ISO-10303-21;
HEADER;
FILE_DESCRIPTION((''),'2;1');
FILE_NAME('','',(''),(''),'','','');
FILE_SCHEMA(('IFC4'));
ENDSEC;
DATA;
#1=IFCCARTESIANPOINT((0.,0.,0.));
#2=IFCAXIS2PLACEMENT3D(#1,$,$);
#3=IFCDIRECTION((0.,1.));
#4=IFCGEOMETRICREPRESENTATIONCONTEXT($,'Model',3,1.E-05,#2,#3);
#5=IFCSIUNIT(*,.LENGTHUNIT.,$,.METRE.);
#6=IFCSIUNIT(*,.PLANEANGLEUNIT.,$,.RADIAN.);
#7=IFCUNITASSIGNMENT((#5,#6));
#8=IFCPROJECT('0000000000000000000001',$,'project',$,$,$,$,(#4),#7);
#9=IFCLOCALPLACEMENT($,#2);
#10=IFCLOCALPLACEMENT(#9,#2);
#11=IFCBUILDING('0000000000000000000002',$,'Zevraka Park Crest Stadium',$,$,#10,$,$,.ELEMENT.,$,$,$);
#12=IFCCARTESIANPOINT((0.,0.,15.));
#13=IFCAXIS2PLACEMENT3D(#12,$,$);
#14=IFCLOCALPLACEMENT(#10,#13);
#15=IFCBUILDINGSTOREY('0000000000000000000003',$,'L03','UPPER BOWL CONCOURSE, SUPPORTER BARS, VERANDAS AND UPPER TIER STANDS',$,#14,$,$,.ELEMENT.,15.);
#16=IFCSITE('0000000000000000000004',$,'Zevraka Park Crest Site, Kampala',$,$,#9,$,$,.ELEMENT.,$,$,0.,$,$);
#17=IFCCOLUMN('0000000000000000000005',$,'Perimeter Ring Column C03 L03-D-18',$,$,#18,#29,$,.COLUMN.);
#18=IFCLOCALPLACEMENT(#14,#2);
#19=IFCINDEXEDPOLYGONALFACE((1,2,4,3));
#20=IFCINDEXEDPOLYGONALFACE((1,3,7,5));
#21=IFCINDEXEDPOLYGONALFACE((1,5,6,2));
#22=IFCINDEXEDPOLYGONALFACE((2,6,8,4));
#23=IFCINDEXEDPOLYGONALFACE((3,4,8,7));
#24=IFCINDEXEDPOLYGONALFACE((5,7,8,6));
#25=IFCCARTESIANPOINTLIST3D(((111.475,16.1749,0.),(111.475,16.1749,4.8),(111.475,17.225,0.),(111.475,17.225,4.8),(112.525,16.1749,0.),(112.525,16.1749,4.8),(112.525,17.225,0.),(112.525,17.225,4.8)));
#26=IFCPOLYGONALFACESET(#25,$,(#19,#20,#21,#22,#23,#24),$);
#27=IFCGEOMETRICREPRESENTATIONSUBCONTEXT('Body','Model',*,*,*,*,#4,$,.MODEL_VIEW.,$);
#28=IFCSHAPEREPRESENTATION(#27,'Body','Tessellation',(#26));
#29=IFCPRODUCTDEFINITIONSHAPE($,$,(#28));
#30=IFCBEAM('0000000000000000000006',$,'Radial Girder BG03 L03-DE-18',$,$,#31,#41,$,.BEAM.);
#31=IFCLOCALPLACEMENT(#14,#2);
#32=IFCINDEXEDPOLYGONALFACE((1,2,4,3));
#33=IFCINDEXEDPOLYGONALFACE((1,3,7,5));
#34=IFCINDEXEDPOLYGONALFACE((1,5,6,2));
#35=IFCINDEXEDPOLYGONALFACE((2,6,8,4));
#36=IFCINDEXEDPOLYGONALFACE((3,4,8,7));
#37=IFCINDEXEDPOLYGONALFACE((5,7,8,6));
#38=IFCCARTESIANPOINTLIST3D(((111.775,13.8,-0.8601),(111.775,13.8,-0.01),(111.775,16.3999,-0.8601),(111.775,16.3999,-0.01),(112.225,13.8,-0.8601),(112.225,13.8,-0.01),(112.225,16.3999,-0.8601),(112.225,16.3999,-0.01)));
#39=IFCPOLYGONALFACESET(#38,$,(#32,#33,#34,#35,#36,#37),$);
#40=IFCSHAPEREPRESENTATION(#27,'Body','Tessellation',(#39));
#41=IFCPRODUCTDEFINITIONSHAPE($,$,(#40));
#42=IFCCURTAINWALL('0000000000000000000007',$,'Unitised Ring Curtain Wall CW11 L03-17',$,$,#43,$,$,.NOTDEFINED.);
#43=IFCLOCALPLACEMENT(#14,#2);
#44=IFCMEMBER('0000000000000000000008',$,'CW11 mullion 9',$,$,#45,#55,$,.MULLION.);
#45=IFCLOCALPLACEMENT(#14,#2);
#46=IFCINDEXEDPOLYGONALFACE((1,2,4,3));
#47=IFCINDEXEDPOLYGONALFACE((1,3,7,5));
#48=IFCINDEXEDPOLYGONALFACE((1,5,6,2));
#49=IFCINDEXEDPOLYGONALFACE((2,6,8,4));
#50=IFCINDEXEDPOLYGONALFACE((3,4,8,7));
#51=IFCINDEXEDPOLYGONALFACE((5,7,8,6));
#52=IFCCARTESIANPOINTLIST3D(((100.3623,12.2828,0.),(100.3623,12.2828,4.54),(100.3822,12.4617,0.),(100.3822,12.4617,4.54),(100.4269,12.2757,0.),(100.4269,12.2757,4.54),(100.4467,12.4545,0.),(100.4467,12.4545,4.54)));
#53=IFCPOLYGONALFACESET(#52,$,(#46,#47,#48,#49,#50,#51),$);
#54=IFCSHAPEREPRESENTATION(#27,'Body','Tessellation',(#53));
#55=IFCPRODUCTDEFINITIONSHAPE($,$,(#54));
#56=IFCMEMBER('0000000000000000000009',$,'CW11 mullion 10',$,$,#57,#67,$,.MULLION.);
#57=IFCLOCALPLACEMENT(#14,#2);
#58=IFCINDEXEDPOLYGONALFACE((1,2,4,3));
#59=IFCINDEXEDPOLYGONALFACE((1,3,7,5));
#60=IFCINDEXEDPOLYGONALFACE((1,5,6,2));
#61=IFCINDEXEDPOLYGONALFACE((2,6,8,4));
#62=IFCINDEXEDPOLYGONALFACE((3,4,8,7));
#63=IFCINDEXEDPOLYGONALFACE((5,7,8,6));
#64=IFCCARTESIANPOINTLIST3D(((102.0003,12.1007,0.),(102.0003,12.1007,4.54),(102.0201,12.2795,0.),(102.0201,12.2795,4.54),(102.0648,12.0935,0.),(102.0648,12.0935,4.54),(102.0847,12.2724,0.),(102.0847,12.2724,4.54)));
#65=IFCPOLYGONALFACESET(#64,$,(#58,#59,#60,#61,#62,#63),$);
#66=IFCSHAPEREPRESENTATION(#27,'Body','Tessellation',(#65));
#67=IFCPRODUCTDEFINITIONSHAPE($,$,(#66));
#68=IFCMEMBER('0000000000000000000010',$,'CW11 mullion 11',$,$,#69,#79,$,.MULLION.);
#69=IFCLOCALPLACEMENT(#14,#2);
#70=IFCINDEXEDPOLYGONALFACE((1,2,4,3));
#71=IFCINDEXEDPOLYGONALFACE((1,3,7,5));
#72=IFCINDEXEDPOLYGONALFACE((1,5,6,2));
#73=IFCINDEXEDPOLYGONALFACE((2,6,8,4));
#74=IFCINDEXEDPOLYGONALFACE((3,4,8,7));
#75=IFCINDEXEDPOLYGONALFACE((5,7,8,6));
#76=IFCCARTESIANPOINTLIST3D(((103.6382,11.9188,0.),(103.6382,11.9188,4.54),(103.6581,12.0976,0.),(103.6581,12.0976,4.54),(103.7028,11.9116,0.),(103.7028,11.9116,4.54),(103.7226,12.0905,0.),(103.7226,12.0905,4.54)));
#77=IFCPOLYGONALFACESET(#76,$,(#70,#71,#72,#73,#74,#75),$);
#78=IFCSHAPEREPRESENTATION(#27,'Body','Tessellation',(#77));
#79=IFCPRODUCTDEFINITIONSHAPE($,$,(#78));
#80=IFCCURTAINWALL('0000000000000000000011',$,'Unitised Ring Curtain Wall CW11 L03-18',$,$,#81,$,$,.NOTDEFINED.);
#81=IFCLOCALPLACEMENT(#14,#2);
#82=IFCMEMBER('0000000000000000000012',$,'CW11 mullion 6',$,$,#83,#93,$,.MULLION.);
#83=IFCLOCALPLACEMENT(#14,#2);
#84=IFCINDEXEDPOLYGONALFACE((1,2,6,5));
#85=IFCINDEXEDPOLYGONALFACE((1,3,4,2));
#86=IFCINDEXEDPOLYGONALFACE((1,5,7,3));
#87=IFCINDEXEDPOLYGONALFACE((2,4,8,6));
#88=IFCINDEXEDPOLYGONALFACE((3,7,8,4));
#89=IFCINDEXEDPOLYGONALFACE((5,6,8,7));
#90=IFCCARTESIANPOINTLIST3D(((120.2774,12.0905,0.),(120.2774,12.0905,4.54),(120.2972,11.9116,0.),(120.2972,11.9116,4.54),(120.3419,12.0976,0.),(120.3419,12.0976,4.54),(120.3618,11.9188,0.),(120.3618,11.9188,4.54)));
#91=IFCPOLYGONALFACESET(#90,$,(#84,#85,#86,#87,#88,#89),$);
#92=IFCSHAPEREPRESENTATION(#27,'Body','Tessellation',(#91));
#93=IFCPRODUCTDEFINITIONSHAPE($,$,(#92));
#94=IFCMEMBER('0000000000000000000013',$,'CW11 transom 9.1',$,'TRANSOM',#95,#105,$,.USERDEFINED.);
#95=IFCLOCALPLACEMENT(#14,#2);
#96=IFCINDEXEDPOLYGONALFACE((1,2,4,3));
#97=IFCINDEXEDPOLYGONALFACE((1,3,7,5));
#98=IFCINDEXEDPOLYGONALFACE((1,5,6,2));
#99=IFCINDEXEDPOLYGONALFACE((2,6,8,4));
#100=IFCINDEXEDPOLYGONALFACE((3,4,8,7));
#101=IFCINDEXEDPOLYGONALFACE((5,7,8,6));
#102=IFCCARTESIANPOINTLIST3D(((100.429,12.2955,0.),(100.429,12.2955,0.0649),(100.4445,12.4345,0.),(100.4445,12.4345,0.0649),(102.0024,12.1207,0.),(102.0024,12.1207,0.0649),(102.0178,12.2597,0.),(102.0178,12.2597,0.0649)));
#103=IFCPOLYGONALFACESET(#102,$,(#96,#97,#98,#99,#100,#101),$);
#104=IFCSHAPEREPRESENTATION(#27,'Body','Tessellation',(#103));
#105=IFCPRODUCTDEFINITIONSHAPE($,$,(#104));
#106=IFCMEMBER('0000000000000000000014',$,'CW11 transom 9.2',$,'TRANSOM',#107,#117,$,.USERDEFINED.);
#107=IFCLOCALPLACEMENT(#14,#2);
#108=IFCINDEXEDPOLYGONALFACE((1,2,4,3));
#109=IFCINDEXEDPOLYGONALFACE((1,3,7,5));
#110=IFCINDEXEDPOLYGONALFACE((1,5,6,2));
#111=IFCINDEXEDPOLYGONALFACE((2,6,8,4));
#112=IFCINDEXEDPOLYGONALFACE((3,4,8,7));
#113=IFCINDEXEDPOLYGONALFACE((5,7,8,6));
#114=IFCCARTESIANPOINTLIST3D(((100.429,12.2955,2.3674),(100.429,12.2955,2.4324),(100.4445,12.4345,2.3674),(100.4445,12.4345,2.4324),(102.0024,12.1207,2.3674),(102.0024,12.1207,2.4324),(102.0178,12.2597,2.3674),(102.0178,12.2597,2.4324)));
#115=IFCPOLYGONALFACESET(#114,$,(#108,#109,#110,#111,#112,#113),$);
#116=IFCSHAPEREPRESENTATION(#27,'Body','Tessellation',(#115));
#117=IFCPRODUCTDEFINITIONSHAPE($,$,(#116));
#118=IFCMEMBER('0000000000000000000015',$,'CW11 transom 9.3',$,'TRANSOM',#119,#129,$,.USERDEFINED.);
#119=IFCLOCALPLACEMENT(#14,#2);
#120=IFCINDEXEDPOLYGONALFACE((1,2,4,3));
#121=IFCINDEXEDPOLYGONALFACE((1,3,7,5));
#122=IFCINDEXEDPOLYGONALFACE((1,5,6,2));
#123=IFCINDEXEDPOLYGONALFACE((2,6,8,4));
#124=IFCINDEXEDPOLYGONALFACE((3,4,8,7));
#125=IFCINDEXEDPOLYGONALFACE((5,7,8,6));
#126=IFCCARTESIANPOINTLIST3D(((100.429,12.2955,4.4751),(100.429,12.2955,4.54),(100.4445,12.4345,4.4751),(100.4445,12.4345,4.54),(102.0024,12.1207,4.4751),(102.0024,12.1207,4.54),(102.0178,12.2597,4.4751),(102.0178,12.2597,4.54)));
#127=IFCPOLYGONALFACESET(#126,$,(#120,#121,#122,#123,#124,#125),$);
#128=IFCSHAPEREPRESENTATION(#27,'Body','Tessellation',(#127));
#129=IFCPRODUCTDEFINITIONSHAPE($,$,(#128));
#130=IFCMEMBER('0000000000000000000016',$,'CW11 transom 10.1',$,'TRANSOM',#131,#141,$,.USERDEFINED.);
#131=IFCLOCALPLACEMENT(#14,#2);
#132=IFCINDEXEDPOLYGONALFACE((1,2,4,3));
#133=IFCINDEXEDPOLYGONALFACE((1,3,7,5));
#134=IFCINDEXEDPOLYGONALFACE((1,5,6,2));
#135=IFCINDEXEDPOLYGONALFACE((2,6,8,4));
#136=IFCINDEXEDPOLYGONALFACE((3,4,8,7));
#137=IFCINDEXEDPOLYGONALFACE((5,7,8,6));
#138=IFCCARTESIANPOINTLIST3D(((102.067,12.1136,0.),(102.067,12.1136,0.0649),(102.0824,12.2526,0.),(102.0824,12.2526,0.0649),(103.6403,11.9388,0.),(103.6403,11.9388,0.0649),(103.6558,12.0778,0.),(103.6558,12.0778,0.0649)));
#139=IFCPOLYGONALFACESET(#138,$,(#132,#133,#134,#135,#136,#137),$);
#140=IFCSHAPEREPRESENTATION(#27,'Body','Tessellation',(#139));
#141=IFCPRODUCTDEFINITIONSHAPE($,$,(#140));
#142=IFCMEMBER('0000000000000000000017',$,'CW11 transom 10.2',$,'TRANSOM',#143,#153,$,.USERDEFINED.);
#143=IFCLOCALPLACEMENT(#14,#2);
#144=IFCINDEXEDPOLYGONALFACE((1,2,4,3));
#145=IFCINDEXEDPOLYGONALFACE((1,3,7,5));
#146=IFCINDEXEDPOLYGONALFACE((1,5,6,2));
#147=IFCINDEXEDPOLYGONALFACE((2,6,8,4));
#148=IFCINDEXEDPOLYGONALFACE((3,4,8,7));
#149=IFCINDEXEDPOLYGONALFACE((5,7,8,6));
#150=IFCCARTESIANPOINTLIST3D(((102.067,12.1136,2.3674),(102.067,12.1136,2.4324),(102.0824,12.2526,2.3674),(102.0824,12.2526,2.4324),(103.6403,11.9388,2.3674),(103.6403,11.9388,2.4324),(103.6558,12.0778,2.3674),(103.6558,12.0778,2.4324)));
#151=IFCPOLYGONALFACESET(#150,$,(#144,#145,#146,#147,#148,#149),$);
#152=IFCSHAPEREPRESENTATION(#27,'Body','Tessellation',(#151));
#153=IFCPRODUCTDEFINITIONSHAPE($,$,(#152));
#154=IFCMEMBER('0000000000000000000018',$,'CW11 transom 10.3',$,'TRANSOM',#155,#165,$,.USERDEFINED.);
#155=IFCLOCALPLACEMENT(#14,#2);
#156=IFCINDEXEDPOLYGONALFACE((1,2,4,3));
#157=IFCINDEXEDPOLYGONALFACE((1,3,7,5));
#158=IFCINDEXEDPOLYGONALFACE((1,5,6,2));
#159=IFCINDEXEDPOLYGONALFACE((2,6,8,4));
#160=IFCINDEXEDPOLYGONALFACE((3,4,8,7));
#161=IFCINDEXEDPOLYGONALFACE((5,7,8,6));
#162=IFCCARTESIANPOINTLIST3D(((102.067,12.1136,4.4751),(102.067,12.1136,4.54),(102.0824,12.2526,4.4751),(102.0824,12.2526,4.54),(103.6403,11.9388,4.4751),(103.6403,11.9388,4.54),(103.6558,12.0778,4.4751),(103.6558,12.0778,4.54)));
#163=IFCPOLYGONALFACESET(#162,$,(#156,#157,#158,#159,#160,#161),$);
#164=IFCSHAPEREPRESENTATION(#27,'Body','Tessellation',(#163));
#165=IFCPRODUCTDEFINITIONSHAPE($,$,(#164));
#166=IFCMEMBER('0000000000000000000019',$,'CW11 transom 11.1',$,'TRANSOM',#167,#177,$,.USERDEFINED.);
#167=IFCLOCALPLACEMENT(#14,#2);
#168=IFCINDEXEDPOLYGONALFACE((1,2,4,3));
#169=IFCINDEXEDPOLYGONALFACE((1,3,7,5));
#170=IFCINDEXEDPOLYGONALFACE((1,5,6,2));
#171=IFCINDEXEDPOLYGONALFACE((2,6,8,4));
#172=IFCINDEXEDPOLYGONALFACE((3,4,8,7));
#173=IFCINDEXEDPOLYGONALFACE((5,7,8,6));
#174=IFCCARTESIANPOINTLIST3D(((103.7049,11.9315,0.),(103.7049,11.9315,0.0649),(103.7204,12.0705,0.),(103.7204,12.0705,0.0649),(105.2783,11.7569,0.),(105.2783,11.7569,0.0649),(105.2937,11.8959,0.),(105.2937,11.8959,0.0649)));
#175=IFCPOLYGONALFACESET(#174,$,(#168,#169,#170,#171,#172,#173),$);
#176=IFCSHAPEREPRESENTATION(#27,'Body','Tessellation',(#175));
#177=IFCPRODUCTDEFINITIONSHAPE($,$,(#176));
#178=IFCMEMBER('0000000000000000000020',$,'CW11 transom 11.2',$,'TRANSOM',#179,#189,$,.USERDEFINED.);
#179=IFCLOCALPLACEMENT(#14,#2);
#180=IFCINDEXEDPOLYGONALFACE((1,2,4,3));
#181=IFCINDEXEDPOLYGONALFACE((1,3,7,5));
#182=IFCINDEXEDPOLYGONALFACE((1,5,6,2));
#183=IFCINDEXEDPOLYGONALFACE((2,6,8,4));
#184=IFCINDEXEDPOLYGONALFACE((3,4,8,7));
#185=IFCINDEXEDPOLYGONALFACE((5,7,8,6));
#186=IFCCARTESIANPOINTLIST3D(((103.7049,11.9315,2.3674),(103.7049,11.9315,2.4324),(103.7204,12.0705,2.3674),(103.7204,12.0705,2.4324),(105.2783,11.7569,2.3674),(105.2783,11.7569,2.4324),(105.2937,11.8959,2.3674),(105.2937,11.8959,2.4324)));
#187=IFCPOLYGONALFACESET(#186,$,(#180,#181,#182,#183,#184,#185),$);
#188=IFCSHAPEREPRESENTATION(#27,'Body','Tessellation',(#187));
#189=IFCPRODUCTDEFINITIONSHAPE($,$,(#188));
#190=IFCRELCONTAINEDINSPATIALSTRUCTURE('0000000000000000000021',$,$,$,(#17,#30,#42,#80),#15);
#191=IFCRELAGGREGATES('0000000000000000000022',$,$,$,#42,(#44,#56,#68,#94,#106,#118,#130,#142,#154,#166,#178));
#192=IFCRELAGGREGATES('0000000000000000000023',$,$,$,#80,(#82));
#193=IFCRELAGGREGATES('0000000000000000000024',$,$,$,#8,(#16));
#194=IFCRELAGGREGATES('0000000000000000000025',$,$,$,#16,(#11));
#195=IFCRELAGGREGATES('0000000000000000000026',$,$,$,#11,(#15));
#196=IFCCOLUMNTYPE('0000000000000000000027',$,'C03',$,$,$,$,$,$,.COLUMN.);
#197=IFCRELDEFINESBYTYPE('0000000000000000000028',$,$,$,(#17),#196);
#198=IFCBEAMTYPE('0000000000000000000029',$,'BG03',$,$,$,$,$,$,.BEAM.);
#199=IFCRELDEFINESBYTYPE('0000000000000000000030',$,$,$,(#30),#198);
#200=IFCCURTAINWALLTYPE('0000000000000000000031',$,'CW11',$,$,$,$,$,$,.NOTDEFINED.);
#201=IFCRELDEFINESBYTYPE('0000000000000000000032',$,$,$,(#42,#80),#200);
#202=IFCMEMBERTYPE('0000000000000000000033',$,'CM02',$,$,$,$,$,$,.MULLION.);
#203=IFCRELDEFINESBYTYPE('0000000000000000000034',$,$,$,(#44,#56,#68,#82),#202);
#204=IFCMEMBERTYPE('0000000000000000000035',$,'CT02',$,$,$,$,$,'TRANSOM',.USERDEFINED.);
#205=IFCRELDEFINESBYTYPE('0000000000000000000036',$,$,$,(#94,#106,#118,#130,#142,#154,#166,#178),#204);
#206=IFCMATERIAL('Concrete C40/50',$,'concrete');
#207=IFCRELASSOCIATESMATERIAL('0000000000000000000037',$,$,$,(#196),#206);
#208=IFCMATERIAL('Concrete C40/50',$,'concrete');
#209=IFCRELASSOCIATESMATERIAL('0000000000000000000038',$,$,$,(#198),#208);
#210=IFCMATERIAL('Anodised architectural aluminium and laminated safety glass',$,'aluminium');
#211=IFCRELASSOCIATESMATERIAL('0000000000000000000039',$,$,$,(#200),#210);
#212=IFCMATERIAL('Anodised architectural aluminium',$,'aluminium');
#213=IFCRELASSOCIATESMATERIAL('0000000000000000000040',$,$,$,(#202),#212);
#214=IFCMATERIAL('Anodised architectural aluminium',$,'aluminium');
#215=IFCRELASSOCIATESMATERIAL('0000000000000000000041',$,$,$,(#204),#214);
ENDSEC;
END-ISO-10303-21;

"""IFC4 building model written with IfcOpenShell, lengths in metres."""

from ifc_helpers import new_model, si_unit, direction, frame, origin, origin_2d, place, context, subcontext, project, spatial, rectangle, extrude, material, material_profile, profile_set, type_object, element, aggregate, save


model = new_model("IFC4")

# Units and contexts
model_context = context("Model", 3, precision=1e-05, world=origin(), true_north=direction((0.0, 1.0)))
body_context = subcontext(model_context, "Body", "Model", "MODEL_VIEW")
ifc_project = project(units=[si_unit("LENGTHUNIT", "METRE"), si_unit("PLANEANGLEUNIT", "RADIAN")], contexts=[model_context])

# Site, building, storey
site_placement = place(None, origin())
site = spatial("IfcSite", under=ifc_project, at=site_placement, Name="Zevraka Park Crest Site, Kampala", CompositionType="ELEMENT", RefElevation=0.0)
building_placement = place(site_placement, origin())
building = spatial("IfcBuilding", under=site, at=building_placement, Name="Zevraka Park Crest Stadium", CompositionType="ELEMENT")
storey_placement = place(building_placement, frame((0.0, 0.0, 15.0)))
storey = spatial("IfcBuildingStorey", under=building, at=storey_placement, Name="L03", Description="UPPER BOWL CONCOURSE, SUPPORTER BARS, VERANDAS AND UPPER TIER STANDS", CompositionType="ELEMENT", Elevation=15.0)

# Column
ifc_material_1 = material(Name="Concrete C40/50", Category="concrete")
ifc_material_profile_1 = material_profile(ifc_material_1, rectangle(XDim=1.05, YDim=1.05, at=origin_2d()), Name="RC 1050x1050")
ifc_profile_set_1 = profile_set([ifc_material_profile_1], Name="Concrete C40/50")
column_type = type_object("IfcColumnType", Name="C03", PredefinedType="COLUMN", material=ifc_profile_set_1)
column_placement = place(storey_placement, frame((112.0, 16.7, 0.0), z_axis=(0.0, 0.0, 1.0), x_axis=(0.0, 1.0, 0.0)))
element("IfcColumn", 1, at=column_placement, inside=storey, type_object=column_type, Name="Perimeter Ring Column C03 L03-D-18", PredefinedType="COLUMN", context=body_context, shape_type="SweptSolid", body=[
    extrude(rectangle(XDim=1.05, YDim=1.05, at=origin_2d()), origin(), (0.0, 0.0, 1.0), 4.8),
])

# Beam
ifc_material_2 = material(Name="Concrete C40/50", Category="concrete")
ifc_material_profile_2 = material_profile(ifc_material_2, rectangle(XDim=0.45, YDim=0.8501, at=origin_2d()), Name="RC 850x450")
ifc_profile_set_2 = profile_set([ifc_material_profile_2], Name="Concrete C40/50")
beam_type_1 = type_object("IfcBeamType", Name="BG03", PredefinedType="BEAM", material=ifc_profile_set_2)
beam_1_placement = place(storey_placement, frame((112.0, 16.3999, -0.4351), z_axis=(0.0, -1.0, 0.0), x_axis=(1.0, 0.0, 0.0)))
element("IfcBeam", 2, at=beam_1_placement, inside=storey, type_object=beam_type_1, Name="Radial Girder BG03 L03-DE-18", PredefinedType="BEAM", context=body_context, shape_type="SweptSolid", body=[
    extrude(rectangle(XDim=0.45, YDim=0.8501, at=origin_2d()), origin(), (0.0, 0.0, 1.0), 2.5999),
])

# Curtain wall, members
ifc_material_3 = material(Name="Anodised architectural aluminium and laminated safety glass", Category="aluminium")
curtain_wall_type = type_object("IfcCurtainWallType", Name="CW11", PredefinedType="NOTDEFINED", material=ifc_material_3)
curtain_wall_1_placement = place(storey_placement, origin())
curtain_wall_1 = element("IfcCurtainWall", 3, at=curtain_wall_1_placement, inside=storey, type_object=curtain_wall_type, Name="Unitised Ring Curtain Wall CW11 L03-17", PredefinedType="NOTDEFINED")
ifc_material_4 = material(Name="Anodised architectural aluminium", Category="aluminium")
ifc_material_profile_3 = material_profile(ifc_material_4, rectangle(XDim=0.1799, YDim=0.0649, at=origin_2d()), Name="ALU MULLION 180x65")
ifc_profile_set_3 = profile_set([ifc_material_profile_3], Name="Anodised architectural aluminium")
member_type_1 = type_object("IfcMemberType", Name="CM02", PredefinedType="MULLION", material=ifc_profile_set_3)
member_1_placement = place(storey_placement, frame((100.4045, 12.3687, 0.0), z_axis=(0.0, 0.0, 1.0), x_axis=(0.110396, 0.993888, 0.0)))
member_1 = element("IfcMember", 4, at=member_1_placement, type_object=member_type_1, Name="CW11 mullion 9", PredefinedType="MULLION", context=body_context, shape_type="SweptSolid", body=[
    extrude(rectangle(XDim=0.1799, YDim=0.0649, at=origin_2d()), origin(), (0.0, 0.0, 1.0), 4.54),
])
member_2_placement = place(storey_placement, frame((102.0425, 12.1865, 0.0), z_axis=(0.0, 0.0, 1.0), x_axis=(0.110396, 0.993888, 0.0)))
member_2 = element("IfcMember", 5, at=member_2_placement, type_object=member_type_1, Name="CW11 mullion 10", PredefinedType="MULLION", context=body_context, shape_type="SweptSolid", body=[
    extrude(rectangle(XDim=0.1799, YDim=0.0649, at=origin_2d()), origin(), (0.0, 0.0, 1.0), 4.54),
])
member_3_placement = place(storey_placement, frame((103.6804, 12.0046, 0.0), z_axis=(0.0, 0.0, 1.0), x_axis=(0.110396, 0.993888, 0.0)))
member_3 = element("IfcMember", 6, at=member_3_placement, type_object=member_type_1, Name="CW11 mullion 11", PredefinedType="MULLION", context=body_context, shape_type="SweptSolid", body=[
    extrude(rectangle(XDim=0.1799, YDim=0.0649, at=origin_2d()), origin(), (0.0, 0.0, 1.0), 4.54),
])

# Curtain wall, member
curtain_wall_2_placement = place(storey_placement, origin())
curtain_wall_2 = element("IfcCurtainWall", 7, at=curtain_wall_2_placement, inside=storey, type_object=curtain_wall_type, Name="Unitised Ring Curtain Wall CW11 L03-18", PredefinedType="NOTDEFINED")
member_4_placement = place(storey_placement, frame((120.3196, 12.0046, 0.0), z_axis=(0.0, 0.0, 1.0), x_axis=(-0.110396, 0.993888, 0.0)))
member_4 = element("IfcMember", 8, at=member_4_placement, type_object=member_type_1, Name="CW11 mullion 6", PredefinedType="MULLION", context=body_context, shape_type="SweptSolid", body=[
    extrude(rectangle(XDim=0.1799, YDim=0.0649, at=origin_2d()), origin(), (0.0, 0.0, 1.0), 4.54),
])

# Members
ifc_material_5 = material(Name="Anodised architectural aluminium", Category="aluminium")
ifc_material_profile_4 = material_profile(ifc_material_5, rectangle(XDim=0.1399, YDim=0.0649, at=origin_2d()), Name="ALU TRANSOM 140x65")
ifc_profile_set_4 = profile_set([ifc_material_profile_4], Name="Anodised architectural aluminium")
member_type_2 = type_object("IfcMemberType", Name="CT02", ElementType="TRANSOM", PredefinedType="USERDEFINED", material=ifc_profile_set_4)
member_5_placement = place(storey_placement, frame((100.4368, 12.365, 0.0325), z_axis=(0.993884, -0.110432, 0.0), x_axis=(0.110432, 0.993884, 0.0)))
member_5 = element("IfcMember", 9, at=member_5_placement, type_object=member_type_2, Name="CW11 transom 9.1", ObjectType="TRANSOM", PredefinedType="USERDEFINED", context=body_context, shape_type="SweptSolid", body=[
    extrude(rectangle(XDim=0.1399, YDim=0.0649, at=origin_2d()), origin(), (0.0, 0.0, 1.0), 1.583),
])
member_6_placement = place(storey_placement, frame((100.4368, 12.365, 2.3999), z_axis=(0.993884, -0.110432, 0.0), x_axis=(0.110432, 0.993884, 0.0)))
member_6 = element("IfcMember", 10, at=member_6_placement, type_object=member_type_2, Name="CW11 transom 9.2", ObjectType="TRANSOM", PredefinedType="USERDEFINED", context=body_context, shape_type="SweptSolid", body=[
    extrude(rectangle(XDim=0.1399, YDim=0.0649, at=origin_2d()), origin(), (0.0, 0.0, 1.0), 1.583),
])
member_7_placement = place(storey_placement, frame((100.4368, 12.365, 4.5076), z_axis=(0.993884, -0.110432, 0.0), x_axis=(0.110432, 0.993884, 0.0)))
member_7 = element("IfcMember", 11, at=member_7_placement, type_object=member_type_2, Name="CW11 transom 9.3", ObjectType="TRANSOM", PredefinedType="USERDEFINED", context=body_context, shape_type="SweptSolid", body=[
    extrude(rectangle(XDim=0.1399, YDim=0.0649, at=origin_2d()), origin(), (0.0, 0.0, 1.0), 1.583),
])
member_8_placement = place(storey_placement, frame((102.0747, 12.1831, 0.0325), z_axis=(0.993884, -0.110432, 0.0), x_axis=(0.110432, 0.993884, 0.0)))
member_8 = element("IfcMember", 12, at=member_8_placement, type_object=member_type_2, Name="CW11 transom 10.1", ObjectType="TRANSOM", PredefinedType="USERDEFINED", context=body_context, shape_type="SweptSolid", body=[
    extrude(rectangle(XDim=0.1399, YDim=0.0649, at=origin_2d()), origin(), (0.0, 0.0, 1.0), 1.583),
])
member_9_placement = place(storey_placement, frame((102.0747, 12.1831, 2.3999), z_axis=(0.993884, -0.110432, 0.0), x_axis=(0.110432, 0.993884, 0.0)))
member_9 = element("IfcMember", 13, at=member_9_placement, type_object=member_type_2, Name="CW11 transom 10.2", ObjectType="TRANSOM", PredefinedType="USERDEFINED", context=body_context, shape_type="SweptSolid", body=[
    extrude(rectangle(XDim=0.1399, YDim=0.0649, at=origin_2d()), origin(), (0.0, 0.0, 1.0), 1.583),
])
member_10_placement = place(storey_placement, frame((102.0747, 12.1831, 4.5076), z_axis=(0.993884, -0.110432, 0.0), x_axis=(0.110432, 0.993884, 0.0)))
member_10 = element("IfcMember", 14, at=member_10_placement, type_object=member_type_2, Name="CW11 transom 10.3", ObjectType="TRANSOM", PredefinedType="USERDEFINED", context=body_context, shape_type="SweptSolid", body=[
    extrude(rectangle(XDim=0.1399, YDim=0.0649, at=origin_2d()), origin(), (0.0, 0.0, 1.0), 1.583),
])
member_11_placement = place(storey_placement, frame((103.7126, 12.001, 0.0325), z_axis=(0.993901, -0.110279, 0.0), x_axis=(0.110279, 0.993901, 0.0)))
member_11 = element("IfcMember", 15, at=member_11_placement, type_object=member_type_2, Name="CW11 transom 11.1", ObjectType="TRANSOM", PredefinedType="USERDEFINED", context=body_context, shape_type="SweptSolid", body=[
    extrude(rectangle(XDim=0.1399, YDim=0.0649, at=origin_2d()), origin(), (0.0, 0.0, 1.0), 1.583),
])
member_12_placement = place(storey_placement, frame((103.7126, 12.001, 2.3999), z_axis=(0.993901, -0.110279, 0.0), x_axis=(0.110279, 0.993901, 0.0)))
member_12 = element("IfcMember", 16, at=member_12_placement, type_object=member_type_2, Name="CW11 transom 11.2", ObjectType="TRANSOM", PredefinedType="USERDEFINED", context=body_context, shape_type="SweptSolid", body=[
    extrude(rectangle(XDim=0.1399, YDim=0.0649, at=origin_2d()), origin(), (0.0, 0.0, 1.0), 1.583),
])

aggregate(curtain_wall_1, [member_1, member_2, member_3, member_5, member_6, member_7, member_8, member_9, member_10, member_11, member_12])
aggregate(curtain_wall_2, [member_4])

save(model, "model.ifc")
